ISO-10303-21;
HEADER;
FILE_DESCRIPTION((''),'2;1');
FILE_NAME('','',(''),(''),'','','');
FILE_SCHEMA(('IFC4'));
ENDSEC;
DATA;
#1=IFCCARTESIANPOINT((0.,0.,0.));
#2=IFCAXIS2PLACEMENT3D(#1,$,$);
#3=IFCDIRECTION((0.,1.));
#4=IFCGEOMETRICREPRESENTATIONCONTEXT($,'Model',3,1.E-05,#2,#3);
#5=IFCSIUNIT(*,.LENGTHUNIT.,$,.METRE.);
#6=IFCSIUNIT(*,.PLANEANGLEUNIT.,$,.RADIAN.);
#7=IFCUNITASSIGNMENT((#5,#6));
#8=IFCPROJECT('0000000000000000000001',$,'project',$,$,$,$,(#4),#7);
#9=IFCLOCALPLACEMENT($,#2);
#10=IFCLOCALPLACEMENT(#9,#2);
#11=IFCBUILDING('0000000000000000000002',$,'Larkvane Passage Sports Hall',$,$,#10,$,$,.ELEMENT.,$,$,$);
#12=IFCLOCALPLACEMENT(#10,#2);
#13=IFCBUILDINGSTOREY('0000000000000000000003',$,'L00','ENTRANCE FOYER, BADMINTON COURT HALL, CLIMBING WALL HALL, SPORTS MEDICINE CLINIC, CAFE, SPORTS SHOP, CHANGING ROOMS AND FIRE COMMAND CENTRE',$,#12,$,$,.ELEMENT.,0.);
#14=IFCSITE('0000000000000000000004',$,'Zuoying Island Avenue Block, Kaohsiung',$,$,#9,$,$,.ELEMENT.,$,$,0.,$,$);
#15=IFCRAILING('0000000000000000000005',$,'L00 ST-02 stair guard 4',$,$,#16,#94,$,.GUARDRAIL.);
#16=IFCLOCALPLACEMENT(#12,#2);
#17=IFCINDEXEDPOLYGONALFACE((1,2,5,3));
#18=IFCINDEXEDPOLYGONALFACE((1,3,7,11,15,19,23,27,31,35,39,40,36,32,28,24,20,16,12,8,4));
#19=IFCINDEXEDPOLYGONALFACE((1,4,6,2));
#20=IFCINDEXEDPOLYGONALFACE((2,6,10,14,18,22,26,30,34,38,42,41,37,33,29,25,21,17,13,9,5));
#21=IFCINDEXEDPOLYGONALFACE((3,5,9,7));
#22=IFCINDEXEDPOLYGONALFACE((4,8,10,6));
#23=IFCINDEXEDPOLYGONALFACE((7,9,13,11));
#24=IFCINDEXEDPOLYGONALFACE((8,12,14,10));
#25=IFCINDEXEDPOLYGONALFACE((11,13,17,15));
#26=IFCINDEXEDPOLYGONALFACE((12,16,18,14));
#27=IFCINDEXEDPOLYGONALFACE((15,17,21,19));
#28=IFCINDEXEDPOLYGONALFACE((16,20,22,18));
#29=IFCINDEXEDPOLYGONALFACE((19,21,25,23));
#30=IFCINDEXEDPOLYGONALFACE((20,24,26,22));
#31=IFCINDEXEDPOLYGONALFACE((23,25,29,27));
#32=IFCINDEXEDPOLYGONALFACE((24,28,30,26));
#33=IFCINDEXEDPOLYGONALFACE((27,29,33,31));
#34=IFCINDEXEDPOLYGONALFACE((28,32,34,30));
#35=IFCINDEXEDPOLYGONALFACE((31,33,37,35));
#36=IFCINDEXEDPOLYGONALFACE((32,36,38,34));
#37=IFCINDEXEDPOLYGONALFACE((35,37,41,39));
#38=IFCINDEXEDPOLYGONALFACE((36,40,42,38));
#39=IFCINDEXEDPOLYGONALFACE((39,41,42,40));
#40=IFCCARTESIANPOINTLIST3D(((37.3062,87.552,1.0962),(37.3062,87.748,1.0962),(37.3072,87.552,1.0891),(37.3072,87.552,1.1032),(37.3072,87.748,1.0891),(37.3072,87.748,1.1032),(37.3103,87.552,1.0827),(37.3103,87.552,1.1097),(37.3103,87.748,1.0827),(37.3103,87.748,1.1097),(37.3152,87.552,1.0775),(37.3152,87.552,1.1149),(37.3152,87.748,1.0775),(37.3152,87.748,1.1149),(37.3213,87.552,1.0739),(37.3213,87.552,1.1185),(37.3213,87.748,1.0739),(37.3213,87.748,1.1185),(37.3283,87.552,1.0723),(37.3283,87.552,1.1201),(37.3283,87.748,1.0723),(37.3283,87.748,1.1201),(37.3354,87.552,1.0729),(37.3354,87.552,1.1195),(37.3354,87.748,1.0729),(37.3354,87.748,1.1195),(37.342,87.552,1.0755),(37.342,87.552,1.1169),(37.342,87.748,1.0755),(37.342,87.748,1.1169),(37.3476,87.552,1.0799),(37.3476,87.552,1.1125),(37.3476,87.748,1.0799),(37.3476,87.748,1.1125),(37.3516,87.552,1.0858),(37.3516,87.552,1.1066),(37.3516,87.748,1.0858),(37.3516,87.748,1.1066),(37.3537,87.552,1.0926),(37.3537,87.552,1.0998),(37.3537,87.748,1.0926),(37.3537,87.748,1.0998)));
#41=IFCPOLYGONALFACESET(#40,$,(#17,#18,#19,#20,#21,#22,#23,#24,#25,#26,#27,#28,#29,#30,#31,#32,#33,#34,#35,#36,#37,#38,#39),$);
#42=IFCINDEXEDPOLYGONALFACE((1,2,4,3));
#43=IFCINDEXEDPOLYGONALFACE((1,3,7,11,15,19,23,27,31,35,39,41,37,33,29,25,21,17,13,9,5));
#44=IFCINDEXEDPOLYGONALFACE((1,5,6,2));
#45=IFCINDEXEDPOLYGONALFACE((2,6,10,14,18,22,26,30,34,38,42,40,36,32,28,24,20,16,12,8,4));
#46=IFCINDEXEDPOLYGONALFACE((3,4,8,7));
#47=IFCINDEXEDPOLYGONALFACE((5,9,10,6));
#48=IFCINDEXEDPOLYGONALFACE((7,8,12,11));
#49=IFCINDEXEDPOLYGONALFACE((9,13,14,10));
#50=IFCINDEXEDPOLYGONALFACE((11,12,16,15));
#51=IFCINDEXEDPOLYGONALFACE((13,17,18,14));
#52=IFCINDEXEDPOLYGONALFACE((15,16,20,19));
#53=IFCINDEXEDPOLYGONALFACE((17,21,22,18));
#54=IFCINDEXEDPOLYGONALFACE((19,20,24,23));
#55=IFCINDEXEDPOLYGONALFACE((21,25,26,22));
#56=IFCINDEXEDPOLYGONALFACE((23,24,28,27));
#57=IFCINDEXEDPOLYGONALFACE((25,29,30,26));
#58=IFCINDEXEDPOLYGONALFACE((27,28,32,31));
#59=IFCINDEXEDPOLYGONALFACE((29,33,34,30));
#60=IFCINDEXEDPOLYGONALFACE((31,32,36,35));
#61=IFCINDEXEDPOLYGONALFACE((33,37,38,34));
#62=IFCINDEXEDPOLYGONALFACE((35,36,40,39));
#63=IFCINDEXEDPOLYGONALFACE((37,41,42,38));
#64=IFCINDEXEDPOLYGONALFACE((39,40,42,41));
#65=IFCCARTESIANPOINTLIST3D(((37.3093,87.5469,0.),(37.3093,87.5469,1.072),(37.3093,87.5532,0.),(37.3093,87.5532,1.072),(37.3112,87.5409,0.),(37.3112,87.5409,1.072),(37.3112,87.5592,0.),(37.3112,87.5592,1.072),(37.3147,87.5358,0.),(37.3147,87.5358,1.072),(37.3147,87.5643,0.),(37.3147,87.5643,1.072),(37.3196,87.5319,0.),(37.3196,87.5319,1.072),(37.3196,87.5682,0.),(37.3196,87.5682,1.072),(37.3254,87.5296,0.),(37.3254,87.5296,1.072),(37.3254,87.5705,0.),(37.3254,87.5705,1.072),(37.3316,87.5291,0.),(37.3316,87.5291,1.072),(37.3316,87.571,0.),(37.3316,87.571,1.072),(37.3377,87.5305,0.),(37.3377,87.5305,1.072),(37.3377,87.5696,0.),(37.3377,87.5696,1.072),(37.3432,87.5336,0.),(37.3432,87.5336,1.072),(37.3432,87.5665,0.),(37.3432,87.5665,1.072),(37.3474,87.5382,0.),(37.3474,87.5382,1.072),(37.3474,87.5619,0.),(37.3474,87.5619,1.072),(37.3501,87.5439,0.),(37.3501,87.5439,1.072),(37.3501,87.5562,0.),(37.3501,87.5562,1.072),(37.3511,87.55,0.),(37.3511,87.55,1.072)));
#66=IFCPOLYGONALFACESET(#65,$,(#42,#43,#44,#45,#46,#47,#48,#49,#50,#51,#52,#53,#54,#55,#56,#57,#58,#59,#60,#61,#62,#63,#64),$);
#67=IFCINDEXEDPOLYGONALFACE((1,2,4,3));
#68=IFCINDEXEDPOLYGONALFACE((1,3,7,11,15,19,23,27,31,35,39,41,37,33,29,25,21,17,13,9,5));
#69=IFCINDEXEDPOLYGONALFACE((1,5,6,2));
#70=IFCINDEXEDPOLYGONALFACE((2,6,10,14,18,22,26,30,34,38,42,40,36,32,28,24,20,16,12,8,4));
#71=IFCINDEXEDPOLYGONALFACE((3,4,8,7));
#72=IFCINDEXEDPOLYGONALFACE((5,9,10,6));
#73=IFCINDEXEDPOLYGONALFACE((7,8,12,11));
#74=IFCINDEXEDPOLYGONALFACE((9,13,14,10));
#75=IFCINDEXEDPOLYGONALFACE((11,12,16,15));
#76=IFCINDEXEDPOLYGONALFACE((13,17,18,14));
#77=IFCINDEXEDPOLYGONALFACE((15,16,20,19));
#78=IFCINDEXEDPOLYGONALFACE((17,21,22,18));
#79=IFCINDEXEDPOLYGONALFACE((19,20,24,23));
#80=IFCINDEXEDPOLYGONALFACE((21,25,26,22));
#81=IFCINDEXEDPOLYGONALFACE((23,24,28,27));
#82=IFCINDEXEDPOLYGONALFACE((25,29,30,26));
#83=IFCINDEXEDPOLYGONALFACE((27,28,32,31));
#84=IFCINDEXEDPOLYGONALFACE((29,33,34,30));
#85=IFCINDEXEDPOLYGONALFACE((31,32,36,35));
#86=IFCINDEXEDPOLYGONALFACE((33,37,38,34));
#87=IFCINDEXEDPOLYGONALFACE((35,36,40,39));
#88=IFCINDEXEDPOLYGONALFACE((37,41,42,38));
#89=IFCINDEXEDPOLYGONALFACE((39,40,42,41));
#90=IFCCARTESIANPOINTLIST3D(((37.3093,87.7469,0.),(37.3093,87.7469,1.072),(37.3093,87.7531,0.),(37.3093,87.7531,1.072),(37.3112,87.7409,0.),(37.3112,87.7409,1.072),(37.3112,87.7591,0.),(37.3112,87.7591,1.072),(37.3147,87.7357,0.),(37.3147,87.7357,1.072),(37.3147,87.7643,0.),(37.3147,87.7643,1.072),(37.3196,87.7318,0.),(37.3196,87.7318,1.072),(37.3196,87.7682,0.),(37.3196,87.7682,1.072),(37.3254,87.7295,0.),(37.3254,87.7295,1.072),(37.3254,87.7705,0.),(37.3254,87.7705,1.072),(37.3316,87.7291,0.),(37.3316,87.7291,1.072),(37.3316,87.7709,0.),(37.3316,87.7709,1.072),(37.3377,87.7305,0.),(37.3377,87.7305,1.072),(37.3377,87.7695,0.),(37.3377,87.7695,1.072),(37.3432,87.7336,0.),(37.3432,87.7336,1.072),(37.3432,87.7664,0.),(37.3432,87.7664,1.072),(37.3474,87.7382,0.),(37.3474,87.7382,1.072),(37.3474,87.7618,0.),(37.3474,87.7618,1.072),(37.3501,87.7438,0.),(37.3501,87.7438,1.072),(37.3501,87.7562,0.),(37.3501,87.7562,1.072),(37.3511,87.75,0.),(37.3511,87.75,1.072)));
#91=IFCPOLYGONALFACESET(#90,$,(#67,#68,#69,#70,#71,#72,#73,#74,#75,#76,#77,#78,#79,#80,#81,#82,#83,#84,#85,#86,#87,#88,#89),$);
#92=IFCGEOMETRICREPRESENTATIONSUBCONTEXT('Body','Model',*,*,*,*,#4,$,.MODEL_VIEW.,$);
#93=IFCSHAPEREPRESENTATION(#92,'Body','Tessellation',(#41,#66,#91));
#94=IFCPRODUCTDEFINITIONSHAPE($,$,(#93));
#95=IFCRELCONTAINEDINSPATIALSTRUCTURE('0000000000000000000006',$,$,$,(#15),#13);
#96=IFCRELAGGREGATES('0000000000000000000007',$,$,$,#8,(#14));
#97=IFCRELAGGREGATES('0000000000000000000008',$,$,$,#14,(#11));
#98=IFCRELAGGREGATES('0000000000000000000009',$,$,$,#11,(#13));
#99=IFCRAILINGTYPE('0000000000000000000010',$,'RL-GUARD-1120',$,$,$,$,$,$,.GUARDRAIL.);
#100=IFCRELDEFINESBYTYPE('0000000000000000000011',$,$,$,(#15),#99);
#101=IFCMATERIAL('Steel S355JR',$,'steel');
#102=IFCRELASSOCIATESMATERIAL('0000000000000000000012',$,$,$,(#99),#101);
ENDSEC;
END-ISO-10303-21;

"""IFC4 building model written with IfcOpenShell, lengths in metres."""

from ifc_helpers import new_model, si_unit, direction, frame, origin, origin_2d, place, context, subcontext, project, spatial, circle, extrude, material, type_object, element, save


model = new_model("IFC4")

# Units and contexts
model_context = context("Model", 3, precision=1e-05, world=origin(), true_north=direction((0.0, 1.0)))
body_context = subcontext(model_context, "Body", "Model", "MODEL_VIEW")
ifc_project = project(units=[si_unit("LENGTHUNIT", "METRE"), si_unit("PLANEANGLEUNIT", "RADIAN")], contexts=[model_context])

# Site, building, storey
site_placement = place(None, origin())
site = spatial("IfcSite", under=ifc_project, at=site_placement, Name="Zuoying Island Avenue Block, Kaohsiung", CompositionType="ELEMENT", RefElevation=0.0)
building_placement = place(site_placement, origin())
building = spatial("IfcBuilding", under=site, at=building_placement, Name="Larkvane Passage Sports Hall", CompositionType="ELEMENT")
storey_placement = place(building_placement, origin())
storey = spatial("IfcBuildingStorey", under=building, at=storey_placement, Name="L00", Description="ENTRANCE FOYER, BADMINTON COURT HALL, CLIMBING WALL HALL, SPORTS MEDICINE CLINIC, CAFE, SPORTS SHOP, CHANGING ROOMS AND FIRE COMMAND CENTRE", CompositionType="ELEMENT", Elevation=0.0)

# Shared definitions
ifc_material_1 = material(Name="Steel S355JR", Category="steel")

# Railing
railing_type_1 = type_object("IfcRailingType", Name="RL-GUARD-1120", PredefinedType="GUARDRAIL", material=ifc_material_1)
railing_1_placement = place(storey_placement, frame((37.3301, 87.55, 0.0)))
element("IfcRailing", 1, at=railing_1_placement, inside=storey, type_object=railing_type_1, Name="L00 ST-02 stair guard 4", PredefinedType="GUARDRAIL", context=body_context, shape_type="SweptSolid", body=[
    extrude(circle(Radius=0.0239, at=origin_2d()), frame((0.0, 0.002, 1.0962), z_axis=(0.0, 1.0, 0.0), x_axis=(-1.0, 0.0, 0.0)), (0.0, 0.0, 1.0), 0.196),
    extrude(circle(Radius=0.021, at=origin_2d()), origin(), (0.0, 0.0, 1.0), 1.072),
    extrude(circle(Radius=0.021, at=origin_2d()), frame((0.0, 0.2, 0.0)), (0.0, 0.0, 1.0), 1.072),
])

save(model, "model.ifc")
